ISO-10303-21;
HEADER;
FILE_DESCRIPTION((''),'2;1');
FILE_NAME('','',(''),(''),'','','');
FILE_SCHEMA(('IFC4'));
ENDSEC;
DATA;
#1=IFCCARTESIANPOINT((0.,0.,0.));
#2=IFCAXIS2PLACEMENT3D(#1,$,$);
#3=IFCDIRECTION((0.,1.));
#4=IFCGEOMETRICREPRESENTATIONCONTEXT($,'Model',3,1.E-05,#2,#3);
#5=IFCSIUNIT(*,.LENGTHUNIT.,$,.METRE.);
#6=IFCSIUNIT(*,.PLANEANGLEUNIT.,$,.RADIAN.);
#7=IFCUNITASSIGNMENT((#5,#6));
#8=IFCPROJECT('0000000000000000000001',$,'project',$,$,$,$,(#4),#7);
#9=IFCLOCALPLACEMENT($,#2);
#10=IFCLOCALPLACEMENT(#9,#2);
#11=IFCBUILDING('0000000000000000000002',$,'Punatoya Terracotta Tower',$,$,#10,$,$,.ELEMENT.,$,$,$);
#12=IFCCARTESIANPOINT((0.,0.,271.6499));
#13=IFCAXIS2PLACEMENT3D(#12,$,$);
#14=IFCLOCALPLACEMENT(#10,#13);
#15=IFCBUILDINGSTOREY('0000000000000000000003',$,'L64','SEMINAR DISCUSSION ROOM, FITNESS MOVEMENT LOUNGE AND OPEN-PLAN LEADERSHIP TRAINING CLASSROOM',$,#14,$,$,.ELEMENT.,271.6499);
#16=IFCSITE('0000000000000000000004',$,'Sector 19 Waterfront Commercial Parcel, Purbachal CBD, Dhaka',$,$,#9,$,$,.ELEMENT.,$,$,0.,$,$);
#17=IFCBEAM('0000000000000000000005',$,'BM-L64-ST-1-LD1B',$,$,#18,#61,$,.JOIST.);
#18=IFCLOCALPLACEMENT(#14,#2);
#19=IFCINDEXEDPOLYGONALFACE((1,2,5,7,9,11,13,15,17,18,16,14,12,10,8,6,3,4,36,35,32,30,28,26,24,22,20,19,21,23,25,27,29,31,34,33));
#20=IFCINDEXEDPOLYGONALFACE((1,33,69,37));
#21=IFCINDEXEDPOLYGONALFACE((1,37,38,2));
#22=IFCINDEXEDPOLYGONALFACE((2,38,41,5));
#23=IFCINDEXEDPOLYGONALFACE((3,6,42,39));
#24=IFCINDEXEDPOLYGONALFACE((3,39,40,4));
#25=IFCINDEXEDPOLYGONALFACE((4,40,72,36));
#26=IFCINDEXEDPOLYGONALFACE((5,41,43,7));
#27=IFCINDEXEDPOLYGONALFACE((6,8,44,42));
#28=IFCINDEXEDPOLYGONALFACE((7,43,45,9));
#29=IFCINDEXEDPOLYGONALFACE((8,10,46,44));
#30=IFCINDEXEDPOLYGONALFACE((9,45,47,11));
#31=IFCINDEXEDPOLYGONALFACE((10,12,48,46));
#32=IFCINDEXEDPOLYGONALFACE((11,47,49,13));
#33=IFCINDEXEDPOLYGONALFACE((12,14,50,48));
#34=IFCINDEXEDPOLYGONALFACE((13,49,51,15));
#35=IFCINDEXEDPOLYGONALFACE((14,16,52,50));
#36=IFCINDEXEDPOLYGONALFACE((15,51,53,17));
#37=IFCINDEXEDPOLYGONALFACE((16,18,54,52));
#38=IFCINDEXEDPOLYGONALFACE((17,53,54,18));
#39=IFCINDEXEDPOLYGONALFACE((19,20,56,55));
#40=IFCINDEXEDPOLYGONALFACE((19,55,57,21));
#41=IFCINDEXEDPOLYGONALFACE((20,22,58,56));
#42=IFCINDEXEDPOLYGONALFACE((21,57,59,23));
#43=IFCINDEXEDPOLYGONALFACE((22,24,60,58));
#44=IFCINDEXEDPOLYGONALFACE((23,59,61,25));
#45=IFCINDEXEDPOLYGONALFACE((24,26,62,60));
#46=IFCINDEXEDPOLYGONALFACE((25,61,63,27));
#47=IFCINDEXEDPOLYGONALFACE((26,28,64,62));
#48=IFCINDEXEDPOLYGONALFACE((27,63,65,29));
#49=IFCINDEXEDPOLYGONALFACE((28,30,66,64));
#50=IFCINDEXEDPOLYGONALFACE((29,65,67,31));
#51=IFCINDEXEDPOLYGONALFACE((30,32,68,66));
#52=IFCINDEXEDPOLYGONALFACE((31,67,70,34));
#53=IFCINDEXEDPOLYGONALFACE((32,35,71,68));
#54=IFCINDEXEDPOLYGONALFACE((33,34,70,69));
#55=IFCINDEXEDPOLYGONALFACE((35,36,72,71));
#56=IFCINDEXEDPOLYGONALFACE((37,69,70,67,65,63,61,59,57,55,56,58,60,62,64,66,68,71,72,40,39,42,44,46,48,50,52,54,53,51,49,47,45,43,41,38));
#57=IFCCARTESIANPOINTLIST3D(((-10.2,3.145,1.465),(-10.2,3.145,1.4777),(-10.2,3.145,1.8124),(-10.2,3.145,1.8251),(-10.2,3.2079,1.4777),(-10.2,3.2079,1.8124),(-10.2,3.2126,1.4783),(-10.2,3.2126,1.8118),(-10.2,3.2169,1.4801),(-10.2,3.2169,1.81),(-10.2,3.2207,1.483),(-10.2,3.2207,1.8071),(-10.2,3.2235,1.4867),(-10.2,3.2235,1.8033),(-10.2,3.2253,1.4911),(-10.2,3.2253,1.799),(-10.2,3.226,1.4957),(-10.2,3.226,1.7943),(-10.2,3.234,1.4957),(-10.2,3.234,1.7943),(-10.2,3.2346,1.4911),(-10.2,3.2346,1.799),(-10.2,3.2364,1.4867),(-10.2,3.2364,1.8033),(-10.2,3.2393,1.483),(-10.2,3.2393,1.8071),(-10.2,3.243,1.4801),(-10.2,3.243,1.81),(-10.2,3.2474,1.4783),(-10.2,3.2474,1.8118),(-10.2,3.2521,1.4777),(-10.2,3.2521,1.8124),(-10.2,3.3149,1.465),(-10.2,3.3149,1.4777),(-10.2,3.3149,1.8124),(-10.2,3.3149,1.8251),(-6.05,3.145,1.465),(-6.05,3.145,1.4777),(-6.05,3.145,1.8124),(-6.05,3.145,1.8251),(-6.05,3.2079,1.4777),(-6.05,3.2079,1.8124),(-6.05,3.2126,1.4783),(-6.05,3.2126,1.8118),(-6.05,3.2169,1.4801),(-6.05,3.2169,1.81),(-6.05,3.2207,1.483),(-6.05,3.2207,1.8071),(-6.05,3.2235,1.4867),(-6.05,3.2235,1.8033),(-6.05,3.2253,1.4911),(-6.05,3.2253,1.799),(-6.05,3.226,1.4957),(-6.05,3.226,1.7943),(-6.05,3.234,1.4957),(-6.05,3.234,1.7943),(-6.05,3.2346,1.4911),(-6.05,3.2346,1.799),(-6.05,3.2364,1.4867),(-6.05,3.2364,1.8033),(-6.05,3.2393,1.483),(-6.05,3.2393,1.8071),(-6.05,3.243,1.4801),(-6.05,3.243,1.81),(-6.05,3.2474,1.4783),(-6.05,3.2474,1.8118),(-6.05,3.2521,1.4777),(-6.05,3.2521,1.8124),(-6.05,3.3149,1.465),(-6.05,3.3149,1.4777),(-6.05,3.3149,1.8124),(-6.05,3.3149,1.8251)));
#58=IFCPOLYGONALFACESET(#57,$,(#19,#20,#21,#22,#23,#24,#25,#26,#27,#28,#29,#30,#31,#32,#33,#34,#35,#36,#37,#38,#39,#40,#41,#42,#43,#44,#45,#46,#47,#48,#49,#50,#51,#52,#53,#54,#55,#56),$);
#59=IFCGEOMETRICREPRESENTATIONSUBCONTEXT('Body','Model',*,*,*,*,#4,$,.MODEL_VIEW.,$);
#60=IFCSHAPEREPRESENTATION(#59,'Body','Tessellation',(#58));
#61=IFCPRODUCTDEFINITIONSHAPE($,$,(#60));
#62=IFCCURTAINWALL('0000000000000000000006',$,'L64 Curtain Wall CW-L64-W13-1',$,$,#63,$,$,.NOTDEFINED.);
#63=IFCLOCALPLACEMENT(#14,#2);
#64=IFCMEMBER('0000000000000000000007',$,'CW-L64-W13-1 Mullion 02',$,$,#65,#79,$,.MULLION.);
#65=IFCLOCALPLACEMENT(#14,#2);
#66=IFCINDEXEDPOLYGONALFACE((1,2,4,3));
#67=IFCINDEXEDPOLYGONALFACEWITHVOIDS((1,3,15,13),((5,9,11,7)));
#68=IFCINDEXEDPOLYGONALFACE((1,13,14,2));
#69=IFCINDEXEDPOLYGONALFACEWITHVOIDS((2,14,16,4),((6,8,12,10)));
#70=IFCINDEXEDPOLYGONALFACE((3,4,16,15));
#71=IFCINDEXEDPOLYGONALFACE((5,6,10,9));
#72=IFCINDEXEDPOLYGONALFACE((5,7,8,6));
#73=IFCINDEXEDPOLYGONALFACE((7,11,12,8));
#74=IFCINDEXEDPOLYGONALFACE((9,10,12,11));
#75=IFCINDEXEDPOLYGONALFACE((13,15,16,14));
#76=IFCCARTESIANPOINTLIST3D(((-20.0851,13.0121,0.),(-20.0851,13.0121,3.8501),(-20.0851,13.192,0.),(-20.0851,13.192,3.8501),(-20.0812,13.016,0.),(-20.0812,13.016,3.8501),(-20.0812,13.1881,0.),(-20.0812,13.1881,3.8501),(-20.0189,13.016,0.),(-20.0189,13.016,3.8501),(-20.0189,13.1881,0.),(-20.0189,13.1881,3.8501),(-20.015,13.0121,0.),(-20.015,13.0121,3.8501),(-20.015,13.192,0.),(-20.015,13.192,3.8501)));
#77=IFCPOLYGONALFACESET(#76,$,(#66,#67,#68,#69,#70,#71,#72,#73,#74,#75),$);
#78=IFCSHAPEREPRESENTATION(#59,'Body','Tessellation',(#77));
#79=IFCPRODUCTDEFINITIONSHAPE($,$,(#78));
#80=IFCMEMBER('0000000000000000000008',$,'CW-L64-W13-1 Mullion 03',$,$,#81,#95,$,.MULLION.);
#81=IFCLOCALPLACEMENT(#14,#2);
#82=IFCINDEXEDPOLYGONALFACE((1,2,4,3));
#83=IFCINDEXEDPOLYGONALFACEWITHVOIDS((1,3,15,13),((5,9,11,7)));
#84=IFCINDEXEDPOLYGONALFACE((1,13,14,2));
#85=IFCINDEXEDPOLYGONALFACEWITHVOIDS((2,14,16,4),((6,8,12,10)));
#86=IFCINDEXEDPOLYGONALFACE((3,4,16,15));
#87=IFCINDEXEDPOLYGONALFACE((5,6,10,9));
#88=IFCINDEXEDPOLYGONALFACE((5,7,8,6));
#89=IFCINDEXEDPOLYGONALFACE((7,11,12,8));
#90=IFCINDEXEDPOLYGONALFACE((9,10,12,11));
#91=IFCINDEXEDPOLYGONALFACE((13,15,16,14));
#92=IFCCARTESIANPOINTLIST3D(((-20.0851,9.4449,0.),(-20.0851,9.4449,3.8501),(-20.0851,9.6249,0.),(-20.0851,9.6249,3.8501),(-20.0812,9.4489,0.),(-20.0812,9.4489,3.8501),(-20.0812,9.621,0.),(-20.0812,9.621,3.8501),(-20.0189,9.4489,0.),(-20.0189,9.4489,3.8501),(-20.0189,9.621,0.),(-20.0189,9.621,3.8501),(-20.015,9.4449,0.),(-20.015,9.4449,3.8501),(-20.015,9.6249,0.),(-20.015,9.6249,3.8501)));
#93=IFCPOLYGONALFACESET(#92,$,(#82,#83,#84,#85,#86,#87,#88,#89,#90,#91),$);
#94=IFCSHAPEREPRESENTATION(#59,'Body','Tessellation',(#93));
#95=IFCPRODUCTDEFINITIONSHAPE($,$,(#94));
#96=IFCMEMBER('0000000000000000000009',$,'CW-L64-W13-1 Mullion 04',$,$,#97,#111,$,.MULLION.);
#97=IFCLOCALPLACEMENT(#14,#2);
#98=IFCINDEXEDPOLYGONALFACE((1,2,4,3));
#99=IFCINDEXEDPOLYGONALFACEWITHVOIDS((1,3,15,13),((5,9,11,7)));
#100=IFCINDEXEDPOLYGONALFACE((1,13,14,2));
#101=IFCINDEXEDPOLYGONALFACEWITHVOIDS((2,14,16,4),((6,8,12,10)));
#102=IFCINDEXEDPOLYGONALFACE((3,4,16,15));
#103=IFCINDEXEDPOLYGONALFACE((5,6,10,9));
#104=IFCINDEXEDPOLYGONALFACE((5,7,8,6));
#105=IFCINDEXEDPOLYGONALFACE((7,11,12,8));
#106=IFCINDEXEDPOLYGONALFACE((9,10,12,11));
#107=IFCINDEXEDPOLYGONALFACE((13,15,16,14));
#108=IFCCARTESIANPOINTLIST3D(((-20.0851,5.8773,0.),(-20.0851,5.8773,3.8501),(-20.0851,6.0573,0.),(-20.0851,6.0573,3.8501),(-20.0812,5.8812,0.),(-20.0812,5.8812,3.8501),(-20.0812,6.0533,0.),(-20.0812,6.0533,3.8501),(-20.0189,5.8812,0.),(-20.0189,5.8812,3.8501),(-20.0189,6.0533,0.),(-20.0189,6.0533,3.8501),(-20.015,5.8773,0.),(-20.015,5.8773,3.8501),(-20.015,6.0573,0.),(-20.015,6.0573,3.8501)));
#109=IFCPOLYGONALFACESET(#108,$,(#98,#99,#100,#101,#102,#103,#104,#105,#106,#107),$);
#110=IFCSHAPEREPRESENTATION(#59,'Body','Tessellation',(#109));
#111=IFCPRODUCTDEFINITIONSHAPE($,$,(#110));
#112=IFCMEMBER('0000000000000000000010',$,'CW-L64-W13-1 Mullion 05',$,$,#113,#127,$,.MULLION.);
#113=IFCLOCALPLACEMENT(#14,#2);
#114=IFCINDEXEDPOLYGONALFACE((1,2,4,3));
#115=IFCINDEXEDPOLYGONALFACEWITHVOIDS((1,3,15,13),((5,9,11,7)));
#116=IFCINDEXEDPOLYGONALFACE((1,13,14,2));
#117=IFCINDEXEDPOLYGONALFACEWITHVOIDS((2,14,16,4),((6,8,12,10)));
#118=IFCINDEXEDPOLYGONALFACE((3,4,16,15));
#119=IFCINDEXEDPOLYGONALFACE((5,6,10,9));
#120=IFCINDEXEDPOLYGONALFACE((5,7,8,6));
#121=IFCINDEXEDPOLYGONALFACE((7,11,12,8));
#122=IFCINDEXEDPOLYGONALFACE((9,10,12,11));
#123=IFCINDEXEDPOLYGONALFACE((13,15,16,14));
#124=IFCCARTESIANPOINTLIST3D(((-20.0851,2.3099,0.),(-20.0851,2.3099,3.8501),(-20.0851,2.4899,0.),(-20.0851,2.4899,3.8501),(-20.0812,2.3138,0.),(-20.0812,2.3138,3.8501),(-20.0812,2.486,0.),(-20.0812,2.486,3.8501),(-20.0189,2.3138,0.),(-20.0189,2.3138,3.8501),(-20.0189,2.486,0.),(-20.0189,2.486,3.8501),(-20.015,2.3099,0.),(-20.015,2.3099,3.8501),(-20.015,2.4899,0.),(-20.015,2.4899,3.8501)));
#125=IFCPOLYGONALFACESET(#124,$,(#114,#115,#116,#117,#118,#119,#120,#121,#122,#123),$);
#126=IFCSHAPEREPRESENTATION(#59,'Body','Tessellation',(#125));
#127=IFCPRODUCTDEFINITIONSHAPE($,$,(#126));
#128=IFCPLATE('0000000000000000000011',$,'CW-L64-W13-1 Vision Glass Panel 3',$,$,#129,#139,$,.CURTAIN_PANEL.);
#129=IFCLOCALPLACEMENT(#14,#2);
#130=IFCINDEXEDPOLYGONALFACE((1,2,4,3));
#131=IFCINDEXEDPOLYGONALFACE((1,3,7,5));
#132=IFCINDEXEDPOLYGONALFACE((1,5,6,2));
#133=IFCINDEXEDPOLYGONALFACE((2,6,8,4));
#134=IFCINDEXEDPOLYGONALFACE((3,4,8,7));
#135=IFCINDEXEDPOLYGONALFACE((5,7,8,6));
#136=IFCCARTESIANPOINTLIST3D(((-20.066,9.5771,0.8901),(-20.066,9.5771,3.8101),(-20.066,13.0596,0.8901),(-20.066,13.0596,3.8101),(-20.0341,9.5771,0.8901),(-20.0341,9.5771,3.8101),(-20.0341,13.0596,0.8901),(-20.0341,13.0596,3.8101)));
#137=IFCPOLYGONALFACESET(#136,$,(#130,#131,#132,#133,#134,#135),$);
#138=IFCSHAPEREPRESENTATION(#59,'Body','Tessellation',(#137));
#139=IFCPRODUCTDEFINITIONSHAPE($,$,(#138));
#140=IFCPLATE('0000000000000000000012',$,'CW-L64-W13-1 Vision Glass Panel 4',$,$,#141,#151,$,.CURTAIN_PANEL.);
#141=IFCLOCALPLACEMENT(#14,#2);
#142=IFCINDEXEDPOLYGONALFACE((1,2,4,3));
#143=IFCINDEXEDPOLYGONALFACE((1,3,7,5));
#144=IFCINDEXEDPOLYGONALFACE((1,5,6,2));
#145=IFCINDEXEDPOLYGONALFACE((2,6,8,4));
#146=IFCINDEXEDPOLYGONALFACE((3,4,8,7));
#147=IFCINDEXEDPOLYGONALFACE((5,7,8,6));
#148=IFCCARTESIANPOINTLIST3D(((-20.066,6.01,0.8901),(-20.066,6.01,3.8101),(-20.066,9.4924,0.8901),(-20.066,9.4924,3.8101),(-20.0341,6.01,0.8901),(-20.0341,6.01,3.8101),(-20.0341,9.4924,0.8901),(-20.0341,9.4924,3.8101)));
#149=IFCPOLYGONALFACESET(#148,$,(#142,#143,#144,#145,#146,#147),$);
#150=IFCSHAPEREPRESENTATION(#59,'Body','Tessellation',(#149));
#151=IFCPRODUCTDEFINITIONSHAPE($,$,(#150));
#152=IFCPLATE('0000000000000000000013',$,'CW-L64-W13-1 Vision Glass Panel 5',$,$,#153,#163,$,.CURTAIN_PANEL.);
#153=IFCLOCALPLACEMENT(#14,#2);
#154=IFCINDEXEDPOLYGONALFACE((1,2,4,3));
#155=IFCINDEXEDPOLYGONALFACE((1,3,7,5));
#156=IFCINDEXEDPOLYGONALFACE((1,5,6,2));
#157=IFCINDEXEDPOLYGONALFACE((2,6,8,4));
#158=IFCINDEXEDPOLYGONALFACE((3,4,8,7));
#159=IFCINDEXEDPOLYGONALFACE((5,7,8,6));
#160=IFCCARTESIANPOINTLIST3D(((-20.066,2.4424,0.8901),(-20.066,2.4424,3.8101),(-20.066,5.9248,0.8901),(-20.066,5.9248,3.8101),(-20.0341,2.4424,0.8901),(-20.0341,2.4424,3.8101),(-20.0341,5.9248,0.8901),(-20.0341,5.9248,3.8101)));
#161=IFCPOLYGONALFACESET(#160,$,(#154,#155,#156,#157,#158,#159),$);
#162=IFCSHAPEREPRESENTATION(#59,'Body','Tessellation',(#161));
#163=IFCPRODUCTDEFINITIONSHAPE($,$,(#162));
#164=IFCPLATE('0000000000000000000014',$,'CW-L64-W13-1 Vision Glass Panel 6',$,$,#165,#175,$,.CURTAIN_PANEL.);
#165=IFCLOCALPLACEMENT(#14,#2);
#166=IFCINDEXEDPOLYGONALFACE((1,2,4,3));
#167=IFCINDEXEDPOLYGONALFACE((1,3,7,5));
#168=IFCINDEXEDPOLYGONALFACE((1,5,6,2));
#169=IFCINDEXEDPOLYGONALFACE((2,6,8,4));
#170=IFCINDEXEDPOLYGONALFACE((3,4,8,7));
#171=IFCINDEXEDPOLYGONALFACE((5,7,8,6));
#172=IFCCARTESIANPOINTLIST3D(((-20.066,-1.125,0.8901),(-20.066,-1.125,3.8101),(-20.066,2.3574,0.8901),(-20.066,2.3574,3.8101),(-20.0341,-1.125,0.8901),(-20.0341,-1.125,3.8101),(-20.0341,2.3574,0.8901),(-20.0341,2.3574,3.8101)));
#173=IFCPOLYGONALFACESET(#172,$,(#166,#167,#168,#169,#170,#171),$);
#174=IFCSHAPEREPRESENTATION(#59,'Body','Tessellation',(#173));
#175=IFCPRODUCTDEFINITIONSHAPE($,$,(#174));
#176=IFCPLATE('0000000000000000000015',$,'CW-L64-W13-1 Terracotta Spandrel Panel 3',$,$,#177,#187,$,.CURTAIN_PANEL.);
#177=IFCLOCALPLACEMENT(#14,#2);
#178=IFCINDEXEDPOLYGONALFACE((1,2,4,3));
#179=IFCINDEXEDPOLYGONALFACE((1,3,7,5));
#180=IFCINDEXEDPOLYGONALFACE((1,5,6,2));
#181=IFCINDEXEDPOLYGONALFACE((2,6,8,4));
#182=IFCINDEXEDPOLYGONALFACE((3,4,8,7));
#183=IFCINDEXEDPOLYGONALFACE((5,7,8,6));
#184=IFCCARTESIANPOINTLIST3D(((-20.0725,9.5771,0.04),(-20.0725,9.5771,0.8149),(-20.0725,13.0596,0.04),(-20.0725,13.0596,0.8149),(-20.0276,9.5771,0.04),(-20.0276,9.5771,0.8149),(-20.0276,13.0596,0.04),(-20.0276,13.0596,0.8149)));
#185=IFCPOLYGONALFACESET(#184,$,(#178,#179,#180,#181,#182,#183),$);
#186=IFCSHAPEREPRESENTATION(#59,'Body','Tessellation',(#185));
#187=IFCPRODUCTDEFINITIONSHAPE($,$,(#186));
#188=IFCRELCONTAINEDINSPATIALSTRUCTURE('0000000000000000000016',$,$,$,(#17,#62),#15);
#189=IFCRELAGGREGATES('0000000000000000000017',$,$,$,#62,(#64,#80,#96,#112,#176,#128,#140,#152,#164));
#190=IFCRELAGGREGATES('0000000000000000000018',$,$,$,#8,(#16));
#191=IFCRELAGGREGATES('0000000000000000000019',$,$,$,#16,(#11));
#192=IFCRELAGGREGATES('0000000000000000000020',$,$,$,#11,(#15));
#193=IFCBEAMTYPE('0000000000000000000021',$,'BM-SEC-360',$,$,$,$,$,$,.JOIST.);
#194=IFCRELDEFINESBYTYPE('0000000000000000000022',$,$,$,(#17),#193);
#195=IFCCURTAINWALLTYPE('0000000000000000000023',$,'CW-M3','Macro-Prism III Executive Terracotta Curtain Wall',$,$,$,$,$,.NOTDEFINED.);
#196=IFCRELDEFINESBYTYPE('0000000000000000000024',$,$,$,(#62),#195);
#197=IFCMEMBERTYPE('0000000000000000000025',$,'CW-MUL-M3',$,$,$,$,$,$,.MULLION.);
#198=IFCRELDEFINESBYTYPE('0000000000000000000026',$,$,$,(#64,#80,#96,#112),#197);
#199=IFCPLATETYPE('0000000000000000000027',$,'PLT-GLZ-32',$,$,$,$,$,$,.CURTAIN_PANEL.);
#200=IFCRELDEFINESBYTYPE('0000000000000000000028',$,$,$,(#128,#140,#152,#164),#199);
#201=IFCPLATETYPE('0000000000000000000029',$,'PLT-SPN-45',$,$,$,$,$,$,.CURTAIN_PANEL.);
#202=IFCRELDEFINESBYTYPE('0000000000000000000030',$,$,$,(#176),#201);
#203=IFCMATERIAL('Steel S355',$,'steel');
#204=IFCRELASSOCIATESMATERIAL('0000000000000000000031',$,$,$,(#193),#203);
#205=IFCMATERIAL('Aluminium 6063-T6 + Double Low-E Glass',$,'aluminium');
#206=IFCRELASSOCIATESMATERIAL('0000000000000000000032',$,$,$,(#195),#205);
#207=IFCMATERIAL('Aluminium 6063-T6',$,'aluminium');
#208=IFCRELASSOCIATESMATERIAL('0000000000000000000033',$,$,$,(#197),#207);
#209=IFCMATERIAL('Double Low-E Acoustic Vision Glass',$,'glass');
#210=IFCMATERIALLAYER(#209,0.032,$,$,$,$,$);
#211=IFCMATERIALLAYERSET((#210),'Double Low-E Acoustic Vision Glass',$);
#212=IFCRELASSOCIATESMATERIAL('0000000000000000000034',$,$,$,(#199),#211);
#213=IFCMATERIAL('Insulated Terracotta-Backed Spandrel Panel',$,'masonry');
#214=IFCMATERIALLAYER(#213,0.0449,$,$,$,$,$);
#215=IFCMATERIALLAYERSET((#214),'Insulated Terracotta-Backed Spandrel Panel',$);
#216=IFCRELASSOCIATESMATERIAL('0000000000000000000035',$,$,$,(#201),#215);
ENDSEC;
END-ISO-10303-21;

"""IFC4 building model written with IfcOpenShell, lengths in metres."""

from ifc_helpers import new_model, si_unit, direction, frame, origin, origin_2d, place, context, subcontext, project, spatial, rectangle, hollow_rectangle, i_section, extrude, material, layer, layer_set, material_profile, profile_set, type_object, element, aggregate, save


model = new_model("IFC4")

# Units and contexts
model_context = context("Model", 3, precision=1e-05, world=origin(), true_north=direction((0.0, 1.0)))
body_context = subcontext(model_context, "Body", "Model", "MODEL_VIEW")
ifc_project = project(units=[si_unit("LENGTHUNIT", "METRE"), si_unit("PLANEANGLEUNIT", "RADIAN")], contexts=[model_context])

# Site, building, storey
site_placement = place(None, origin())
site = spatial("IfcSite", under=ifc_project, at=site_placement, Name="Sector 19 Waterfront Commercial Parcel, Purbachal CBD, Dhaka", CompositionType="ELEMENT", RefElevation=0.0)
building_placement = place(site_placement, origin())
building = spatial("IfcBuilding", under=site, at=building_placement, Name="Punatoya Terracotta Tower", CompositionType="ELEMENT")
storey_placement = place(building_placement, frame((0.0, 0.0, 271.6499)))
storey = spatial("IfcBuildingStorey", under=building, at=storey_placement, Name="L64", Description="SEMINAR DISCUSSION ROOM, FITNESS MOVEMENT LOUNGE AND OPEN-PLAN LEADERSHIP TRAINING CLASSROOM", CompositionType="ELEMENT", Elevation=271.6499)

# Beam
ifc_material_1 = material(Name="Steel S355", Category="steel")
ifc_material_profile_1 = material_profile(ifc_material_1, i_section(OverallWidth=0.1699, OverallDepth=0.3601, WebThickness=0.0081, FlangeThickness=0.0127, FilletRadius=0.0181, at=origin_2d()))
ifc_profile_set_1 = profile_set([ifc_material_profile_1], Name="Steel S355")
beam_type_1 = type_object("IfcBeamType", Name="BM-SEC-360", PredefinedType="JOIST", material=ifc_profile_set_1)
for number, where, z_axis, x_axis, name in (
    (1, (-10.2, 3.23, 1.645), (1.0, 0.0, 0.0), (0.0, 1.0, 0.0), "BM-L64-ST-1-LD1B"),
):
    element("IfcBeam", number, at=place(storey_placement, frame(where, z_axis=z_axis, x_axis=x_axis)), inside=storey, type_object=beam_type_1, Name=name, PredefinedType="JOIST", context=body_context, shape_type="SweptSolid", body=[
        extrude(i_section(OverallWidth=0.1699, OverallDepth=0.3601, WebThickness=0.0081, FlangeThickness=0.0127, FilletRadius=0.0181, at=origin_2d()), origin(), (0.0, 0.0, 1.0), 4.1499),
    ])

# Curtain wall, members, plates
ifc_material_2 = material(Name="Aluminium 6063-T6 + Double Low-E Glass", Category="aluminium")
curtain_wall_type = type_object("IfcCurtainWallType", Name="CW-M3", Description="Macro-Prism III Executive Terracotta Curtain Wall", PredefinedType="NOTDEFINED", material=ifc_material_2)
curtain_wall_placement = place(storey_placement, origin())
curtain_wall = element("IfcCurtainWall", 2, at=curtain_wall_placement, inside=storey, type_object=curtain_wall_type, Name="L64 Curtain Wall CW-L64-W13-1", PredefinedType="NOTDEFINED")
ifc_material_3 = material(Name="Aluminium 6063-T6", Category="aluminium")
ifc_material_profile_2 = material_profile(ifc_material_3, hollow_rectangle(XDim=0.0701, YDim=0.1799, WallThickness=0.0039, at=origin_2d()))
ifc_profile_set_2 = profile_set([ifc_material_profile_2], Name="Aluminium 6063-T6")
member_type = type_object("IfcMemberType", Name="CW-MUL-M3", PredefinedType="MULLION", material=ifc_profile_set_2)
member_1_placement = place(storey_placement, frame((-20.05, 13.1021, 0.0), z_axis=(0.0, 0.0, 1.0), x_axis=(1.0, 0.0, 0.0)))
member_1 = element("IfcMember", 3, at=member_1_placement, type_object=member_type, Name="CW-L64-W13-1 Mullion 02", PredefinedType="MULLION", context=body_context, shape_type="SweptSolid", body=[
    extrude(hollow_rectangle(XDim=0.0701, YDim=0.1799, WallThickness=0.0039, at=origin_2d()), origin(), (0.0, 0.0, 1.0), 3.8501),
])
member_2_placement = place(storey_placement, frame((-20.05, 9.5349, 0.0), z_axis=(0.0, 0.0, 1.0), x_axis=(1.0, 0.0, 0.0)))
member_2 = element("IfcMember", 4, at=member_2_placement, type_object=member_type, Name="CW-L64-W13-1 Mullion 03", PredefinedType="MULLION", context=body_context, shape_type="SweptSolid", body=[
    extrude(hollow_rectangle(XDim=0.0701, YDim=0.1799, WallThickness=0.0039, at=origin_2d()), origin(), (0.0, 0.0, 1.0), 3.8501),
])
member_3_placement = place(storey_placement, frame((-20.05, 5.9673, 0.0), z_axis=(0.0, 0.0, 1.0), x_axis=(1.0, 0.0, 0.0)))
member_3 = element("IfcMember", 5, at=member_3_placement, type_object=member_type, Name="CW-L64-W13-1 Mullion 04", PredefinedType="MULLION", context=body_context, shape_type="SweptSolid", body=[
    extrude(hollow_rectangle(XDim=0.0701, YDim=0.1799, WallThickness=0.0039, at=origin_2d()), origin(), (0.0, 0.0, 1.0), 3.8501),
])
member_4_placement = place(storey_placement, frame((-20.05, 2.3999, 0.0), z_axis=(0.0, 0.0, 1.0), x_axis=(1.0, 0.0, 0.0)))
member_4 = element("IfcMember", 6, at=member_4_placement, type_object=member_type, Name="CW-L64-W13-1 Mullion 05", PredefinedType="MULLION", context=body_context, shape_type="SweptSolid", body=[
    extrude(hollow_rectangle(XDim=0.0701, YDim=0.1799, WallThickness=0.0039, at=origin_2d()), origin(), (0.0, 0.0, 1.0), 3.8501),
])
ifc_material_4 = material(Name="Double Low-E Acoustic Vision Glass", Category="glass")
ifc_layer_1 = layer(ifc_material_4, 0.032)
ifc_layer_set_1 = layer_set([ifc_layer_1], Name="Double Low-E Acoustic Vision Glass")
plate_type_1 = type_object("IfcPlateType", Name="PLT-GLZ-32", PredefinedType="CURTAIN_PANEL", material=ifc_layer_set_1)
plate_1_placement = place(storey_placement, frame((-20.05, 11.3184, 0.8901), z_axis=(0.0, 0.0, 1.0), x_axis=(0.0, -1.0, 0.0)))
plate_1 = element("IfcPlate", 7, at=plate_1_placement, type_object=plate_type_1, Name="CW-L64-W13-1 Vision Glass Panel 3", PredefinedType="CURTAIN_PANEL", context=body_context, shape_type="SweptSolid", body=[
    extrude(rectangle(XDim=3.4824, YDim=0.032, at=origin_2d()), origin(), (0.0, 0.0, 1.0), 2.9199),
])
plate_2_placement = place(storey_placement, frame((-20.05, 7.7512, 0.8901), z_axis=(0.0, 0.0, 1.0), x_axis=(0.0, -1.0, 0.0)))
plate_2 = element("IfcPlate", 8, at=plate_2_placement, type_object=plate_type_1, Name="CW-L64-W13-1 Vision Glass Panel 4", PredefinedType="CURTAIN_PANEL", context=body_context, shape_type="SweptSolid", body=[
    extrude(rectangle(XDim=3.4824, YDim=0.032, at=origin_2d()), origin(), (0.0, 0.0, 1.0), 2.9199),
])
plate_3_placement = place(storey_placement, frame((-20.05, 4.1836, 0.8901), z_axis=(0.0, 0.0, 1.0), x_axis=(0.0, -1.0, 0.0)))
plate_3 = element("IfcPlate", 9, at=plate_3_placement, type_object=plate_type_1, Name="CW-L64-W13-1 Vision Glass Panel 5", PredefinedType="CURTAIN_PANEL", context=body_context, shape_type="SweptSolid", body=[
    extrude(rectangle(XDim=3.4824, YDim=0.032, at=origin_2d()), origin(), (0.0, 0.0, 1.0), 2.9199),
])
plate_4_placement = place(storey_placement, frame((-20.05, 0.6162, 0.8901), z_axis=(0.0, 0.0, 1.0), x_axis=(0.0, -1.0, 0.0)))
plate_4 = element("IfcPlate", 10, at=plate_4_placement, type_object=plate_type_1, Name="CW-L64-W13-1 Vision Glass Panel 6", PredefinedType="CURTAIN_PANEL", context=body_context, shape_type="SweptSolid", body=[
    extrude(rectangle(XDim=3.4824, YDim=0.032, at=origin_2d()), origin(), (0.0, 0.0, 1.0), 2.9199),
])
ifc_material_5 = material(Name="Insulated Terracotta-Backed Spandrel Panel", Category="masonry")
ifc_layer_2 = layer(ifc_material_5, 0.0449)
ifc_layer_set_2 = layer_set([ifc_layer_2], Name="Insulated Terracotta-Backed Spandrel Panel")
plate_type_2 = type_object("IfcPlateType", Name="PLT-SPN-45", PredefinedType="CURTAIN_PANEL", material=ifc_layer_set_2)
plate_5_placement = place(storey_placement, frame((-20.05, 11.3184, 0.04), z_axis=(0.0, 0.0, 1.0), x_axis=(0.0, -1.0, 0.0)))
plate_5 = element("IfcPlate", 11, at=plate_5_placement, type_object=plate_type_2, Name="CW-L64-W13-1 Terracotta Spandrel Panel 3", PredefinedType="CURTAIN_PANEL", context=body_context, shape_type="SweptSolid", body=[
    extrude(rectangle(XDim=3.4824, YDim=0.0449, at=origin_2d()), origin(), (0.0, 0.0, 1.0), 0.7749),
])
aggregate(curtain_wall, [member_1, member_2, member_3, member_4, plate_5, plate_1, plate_2, plate_3, plate_4])

save(model, "model.ifc")
